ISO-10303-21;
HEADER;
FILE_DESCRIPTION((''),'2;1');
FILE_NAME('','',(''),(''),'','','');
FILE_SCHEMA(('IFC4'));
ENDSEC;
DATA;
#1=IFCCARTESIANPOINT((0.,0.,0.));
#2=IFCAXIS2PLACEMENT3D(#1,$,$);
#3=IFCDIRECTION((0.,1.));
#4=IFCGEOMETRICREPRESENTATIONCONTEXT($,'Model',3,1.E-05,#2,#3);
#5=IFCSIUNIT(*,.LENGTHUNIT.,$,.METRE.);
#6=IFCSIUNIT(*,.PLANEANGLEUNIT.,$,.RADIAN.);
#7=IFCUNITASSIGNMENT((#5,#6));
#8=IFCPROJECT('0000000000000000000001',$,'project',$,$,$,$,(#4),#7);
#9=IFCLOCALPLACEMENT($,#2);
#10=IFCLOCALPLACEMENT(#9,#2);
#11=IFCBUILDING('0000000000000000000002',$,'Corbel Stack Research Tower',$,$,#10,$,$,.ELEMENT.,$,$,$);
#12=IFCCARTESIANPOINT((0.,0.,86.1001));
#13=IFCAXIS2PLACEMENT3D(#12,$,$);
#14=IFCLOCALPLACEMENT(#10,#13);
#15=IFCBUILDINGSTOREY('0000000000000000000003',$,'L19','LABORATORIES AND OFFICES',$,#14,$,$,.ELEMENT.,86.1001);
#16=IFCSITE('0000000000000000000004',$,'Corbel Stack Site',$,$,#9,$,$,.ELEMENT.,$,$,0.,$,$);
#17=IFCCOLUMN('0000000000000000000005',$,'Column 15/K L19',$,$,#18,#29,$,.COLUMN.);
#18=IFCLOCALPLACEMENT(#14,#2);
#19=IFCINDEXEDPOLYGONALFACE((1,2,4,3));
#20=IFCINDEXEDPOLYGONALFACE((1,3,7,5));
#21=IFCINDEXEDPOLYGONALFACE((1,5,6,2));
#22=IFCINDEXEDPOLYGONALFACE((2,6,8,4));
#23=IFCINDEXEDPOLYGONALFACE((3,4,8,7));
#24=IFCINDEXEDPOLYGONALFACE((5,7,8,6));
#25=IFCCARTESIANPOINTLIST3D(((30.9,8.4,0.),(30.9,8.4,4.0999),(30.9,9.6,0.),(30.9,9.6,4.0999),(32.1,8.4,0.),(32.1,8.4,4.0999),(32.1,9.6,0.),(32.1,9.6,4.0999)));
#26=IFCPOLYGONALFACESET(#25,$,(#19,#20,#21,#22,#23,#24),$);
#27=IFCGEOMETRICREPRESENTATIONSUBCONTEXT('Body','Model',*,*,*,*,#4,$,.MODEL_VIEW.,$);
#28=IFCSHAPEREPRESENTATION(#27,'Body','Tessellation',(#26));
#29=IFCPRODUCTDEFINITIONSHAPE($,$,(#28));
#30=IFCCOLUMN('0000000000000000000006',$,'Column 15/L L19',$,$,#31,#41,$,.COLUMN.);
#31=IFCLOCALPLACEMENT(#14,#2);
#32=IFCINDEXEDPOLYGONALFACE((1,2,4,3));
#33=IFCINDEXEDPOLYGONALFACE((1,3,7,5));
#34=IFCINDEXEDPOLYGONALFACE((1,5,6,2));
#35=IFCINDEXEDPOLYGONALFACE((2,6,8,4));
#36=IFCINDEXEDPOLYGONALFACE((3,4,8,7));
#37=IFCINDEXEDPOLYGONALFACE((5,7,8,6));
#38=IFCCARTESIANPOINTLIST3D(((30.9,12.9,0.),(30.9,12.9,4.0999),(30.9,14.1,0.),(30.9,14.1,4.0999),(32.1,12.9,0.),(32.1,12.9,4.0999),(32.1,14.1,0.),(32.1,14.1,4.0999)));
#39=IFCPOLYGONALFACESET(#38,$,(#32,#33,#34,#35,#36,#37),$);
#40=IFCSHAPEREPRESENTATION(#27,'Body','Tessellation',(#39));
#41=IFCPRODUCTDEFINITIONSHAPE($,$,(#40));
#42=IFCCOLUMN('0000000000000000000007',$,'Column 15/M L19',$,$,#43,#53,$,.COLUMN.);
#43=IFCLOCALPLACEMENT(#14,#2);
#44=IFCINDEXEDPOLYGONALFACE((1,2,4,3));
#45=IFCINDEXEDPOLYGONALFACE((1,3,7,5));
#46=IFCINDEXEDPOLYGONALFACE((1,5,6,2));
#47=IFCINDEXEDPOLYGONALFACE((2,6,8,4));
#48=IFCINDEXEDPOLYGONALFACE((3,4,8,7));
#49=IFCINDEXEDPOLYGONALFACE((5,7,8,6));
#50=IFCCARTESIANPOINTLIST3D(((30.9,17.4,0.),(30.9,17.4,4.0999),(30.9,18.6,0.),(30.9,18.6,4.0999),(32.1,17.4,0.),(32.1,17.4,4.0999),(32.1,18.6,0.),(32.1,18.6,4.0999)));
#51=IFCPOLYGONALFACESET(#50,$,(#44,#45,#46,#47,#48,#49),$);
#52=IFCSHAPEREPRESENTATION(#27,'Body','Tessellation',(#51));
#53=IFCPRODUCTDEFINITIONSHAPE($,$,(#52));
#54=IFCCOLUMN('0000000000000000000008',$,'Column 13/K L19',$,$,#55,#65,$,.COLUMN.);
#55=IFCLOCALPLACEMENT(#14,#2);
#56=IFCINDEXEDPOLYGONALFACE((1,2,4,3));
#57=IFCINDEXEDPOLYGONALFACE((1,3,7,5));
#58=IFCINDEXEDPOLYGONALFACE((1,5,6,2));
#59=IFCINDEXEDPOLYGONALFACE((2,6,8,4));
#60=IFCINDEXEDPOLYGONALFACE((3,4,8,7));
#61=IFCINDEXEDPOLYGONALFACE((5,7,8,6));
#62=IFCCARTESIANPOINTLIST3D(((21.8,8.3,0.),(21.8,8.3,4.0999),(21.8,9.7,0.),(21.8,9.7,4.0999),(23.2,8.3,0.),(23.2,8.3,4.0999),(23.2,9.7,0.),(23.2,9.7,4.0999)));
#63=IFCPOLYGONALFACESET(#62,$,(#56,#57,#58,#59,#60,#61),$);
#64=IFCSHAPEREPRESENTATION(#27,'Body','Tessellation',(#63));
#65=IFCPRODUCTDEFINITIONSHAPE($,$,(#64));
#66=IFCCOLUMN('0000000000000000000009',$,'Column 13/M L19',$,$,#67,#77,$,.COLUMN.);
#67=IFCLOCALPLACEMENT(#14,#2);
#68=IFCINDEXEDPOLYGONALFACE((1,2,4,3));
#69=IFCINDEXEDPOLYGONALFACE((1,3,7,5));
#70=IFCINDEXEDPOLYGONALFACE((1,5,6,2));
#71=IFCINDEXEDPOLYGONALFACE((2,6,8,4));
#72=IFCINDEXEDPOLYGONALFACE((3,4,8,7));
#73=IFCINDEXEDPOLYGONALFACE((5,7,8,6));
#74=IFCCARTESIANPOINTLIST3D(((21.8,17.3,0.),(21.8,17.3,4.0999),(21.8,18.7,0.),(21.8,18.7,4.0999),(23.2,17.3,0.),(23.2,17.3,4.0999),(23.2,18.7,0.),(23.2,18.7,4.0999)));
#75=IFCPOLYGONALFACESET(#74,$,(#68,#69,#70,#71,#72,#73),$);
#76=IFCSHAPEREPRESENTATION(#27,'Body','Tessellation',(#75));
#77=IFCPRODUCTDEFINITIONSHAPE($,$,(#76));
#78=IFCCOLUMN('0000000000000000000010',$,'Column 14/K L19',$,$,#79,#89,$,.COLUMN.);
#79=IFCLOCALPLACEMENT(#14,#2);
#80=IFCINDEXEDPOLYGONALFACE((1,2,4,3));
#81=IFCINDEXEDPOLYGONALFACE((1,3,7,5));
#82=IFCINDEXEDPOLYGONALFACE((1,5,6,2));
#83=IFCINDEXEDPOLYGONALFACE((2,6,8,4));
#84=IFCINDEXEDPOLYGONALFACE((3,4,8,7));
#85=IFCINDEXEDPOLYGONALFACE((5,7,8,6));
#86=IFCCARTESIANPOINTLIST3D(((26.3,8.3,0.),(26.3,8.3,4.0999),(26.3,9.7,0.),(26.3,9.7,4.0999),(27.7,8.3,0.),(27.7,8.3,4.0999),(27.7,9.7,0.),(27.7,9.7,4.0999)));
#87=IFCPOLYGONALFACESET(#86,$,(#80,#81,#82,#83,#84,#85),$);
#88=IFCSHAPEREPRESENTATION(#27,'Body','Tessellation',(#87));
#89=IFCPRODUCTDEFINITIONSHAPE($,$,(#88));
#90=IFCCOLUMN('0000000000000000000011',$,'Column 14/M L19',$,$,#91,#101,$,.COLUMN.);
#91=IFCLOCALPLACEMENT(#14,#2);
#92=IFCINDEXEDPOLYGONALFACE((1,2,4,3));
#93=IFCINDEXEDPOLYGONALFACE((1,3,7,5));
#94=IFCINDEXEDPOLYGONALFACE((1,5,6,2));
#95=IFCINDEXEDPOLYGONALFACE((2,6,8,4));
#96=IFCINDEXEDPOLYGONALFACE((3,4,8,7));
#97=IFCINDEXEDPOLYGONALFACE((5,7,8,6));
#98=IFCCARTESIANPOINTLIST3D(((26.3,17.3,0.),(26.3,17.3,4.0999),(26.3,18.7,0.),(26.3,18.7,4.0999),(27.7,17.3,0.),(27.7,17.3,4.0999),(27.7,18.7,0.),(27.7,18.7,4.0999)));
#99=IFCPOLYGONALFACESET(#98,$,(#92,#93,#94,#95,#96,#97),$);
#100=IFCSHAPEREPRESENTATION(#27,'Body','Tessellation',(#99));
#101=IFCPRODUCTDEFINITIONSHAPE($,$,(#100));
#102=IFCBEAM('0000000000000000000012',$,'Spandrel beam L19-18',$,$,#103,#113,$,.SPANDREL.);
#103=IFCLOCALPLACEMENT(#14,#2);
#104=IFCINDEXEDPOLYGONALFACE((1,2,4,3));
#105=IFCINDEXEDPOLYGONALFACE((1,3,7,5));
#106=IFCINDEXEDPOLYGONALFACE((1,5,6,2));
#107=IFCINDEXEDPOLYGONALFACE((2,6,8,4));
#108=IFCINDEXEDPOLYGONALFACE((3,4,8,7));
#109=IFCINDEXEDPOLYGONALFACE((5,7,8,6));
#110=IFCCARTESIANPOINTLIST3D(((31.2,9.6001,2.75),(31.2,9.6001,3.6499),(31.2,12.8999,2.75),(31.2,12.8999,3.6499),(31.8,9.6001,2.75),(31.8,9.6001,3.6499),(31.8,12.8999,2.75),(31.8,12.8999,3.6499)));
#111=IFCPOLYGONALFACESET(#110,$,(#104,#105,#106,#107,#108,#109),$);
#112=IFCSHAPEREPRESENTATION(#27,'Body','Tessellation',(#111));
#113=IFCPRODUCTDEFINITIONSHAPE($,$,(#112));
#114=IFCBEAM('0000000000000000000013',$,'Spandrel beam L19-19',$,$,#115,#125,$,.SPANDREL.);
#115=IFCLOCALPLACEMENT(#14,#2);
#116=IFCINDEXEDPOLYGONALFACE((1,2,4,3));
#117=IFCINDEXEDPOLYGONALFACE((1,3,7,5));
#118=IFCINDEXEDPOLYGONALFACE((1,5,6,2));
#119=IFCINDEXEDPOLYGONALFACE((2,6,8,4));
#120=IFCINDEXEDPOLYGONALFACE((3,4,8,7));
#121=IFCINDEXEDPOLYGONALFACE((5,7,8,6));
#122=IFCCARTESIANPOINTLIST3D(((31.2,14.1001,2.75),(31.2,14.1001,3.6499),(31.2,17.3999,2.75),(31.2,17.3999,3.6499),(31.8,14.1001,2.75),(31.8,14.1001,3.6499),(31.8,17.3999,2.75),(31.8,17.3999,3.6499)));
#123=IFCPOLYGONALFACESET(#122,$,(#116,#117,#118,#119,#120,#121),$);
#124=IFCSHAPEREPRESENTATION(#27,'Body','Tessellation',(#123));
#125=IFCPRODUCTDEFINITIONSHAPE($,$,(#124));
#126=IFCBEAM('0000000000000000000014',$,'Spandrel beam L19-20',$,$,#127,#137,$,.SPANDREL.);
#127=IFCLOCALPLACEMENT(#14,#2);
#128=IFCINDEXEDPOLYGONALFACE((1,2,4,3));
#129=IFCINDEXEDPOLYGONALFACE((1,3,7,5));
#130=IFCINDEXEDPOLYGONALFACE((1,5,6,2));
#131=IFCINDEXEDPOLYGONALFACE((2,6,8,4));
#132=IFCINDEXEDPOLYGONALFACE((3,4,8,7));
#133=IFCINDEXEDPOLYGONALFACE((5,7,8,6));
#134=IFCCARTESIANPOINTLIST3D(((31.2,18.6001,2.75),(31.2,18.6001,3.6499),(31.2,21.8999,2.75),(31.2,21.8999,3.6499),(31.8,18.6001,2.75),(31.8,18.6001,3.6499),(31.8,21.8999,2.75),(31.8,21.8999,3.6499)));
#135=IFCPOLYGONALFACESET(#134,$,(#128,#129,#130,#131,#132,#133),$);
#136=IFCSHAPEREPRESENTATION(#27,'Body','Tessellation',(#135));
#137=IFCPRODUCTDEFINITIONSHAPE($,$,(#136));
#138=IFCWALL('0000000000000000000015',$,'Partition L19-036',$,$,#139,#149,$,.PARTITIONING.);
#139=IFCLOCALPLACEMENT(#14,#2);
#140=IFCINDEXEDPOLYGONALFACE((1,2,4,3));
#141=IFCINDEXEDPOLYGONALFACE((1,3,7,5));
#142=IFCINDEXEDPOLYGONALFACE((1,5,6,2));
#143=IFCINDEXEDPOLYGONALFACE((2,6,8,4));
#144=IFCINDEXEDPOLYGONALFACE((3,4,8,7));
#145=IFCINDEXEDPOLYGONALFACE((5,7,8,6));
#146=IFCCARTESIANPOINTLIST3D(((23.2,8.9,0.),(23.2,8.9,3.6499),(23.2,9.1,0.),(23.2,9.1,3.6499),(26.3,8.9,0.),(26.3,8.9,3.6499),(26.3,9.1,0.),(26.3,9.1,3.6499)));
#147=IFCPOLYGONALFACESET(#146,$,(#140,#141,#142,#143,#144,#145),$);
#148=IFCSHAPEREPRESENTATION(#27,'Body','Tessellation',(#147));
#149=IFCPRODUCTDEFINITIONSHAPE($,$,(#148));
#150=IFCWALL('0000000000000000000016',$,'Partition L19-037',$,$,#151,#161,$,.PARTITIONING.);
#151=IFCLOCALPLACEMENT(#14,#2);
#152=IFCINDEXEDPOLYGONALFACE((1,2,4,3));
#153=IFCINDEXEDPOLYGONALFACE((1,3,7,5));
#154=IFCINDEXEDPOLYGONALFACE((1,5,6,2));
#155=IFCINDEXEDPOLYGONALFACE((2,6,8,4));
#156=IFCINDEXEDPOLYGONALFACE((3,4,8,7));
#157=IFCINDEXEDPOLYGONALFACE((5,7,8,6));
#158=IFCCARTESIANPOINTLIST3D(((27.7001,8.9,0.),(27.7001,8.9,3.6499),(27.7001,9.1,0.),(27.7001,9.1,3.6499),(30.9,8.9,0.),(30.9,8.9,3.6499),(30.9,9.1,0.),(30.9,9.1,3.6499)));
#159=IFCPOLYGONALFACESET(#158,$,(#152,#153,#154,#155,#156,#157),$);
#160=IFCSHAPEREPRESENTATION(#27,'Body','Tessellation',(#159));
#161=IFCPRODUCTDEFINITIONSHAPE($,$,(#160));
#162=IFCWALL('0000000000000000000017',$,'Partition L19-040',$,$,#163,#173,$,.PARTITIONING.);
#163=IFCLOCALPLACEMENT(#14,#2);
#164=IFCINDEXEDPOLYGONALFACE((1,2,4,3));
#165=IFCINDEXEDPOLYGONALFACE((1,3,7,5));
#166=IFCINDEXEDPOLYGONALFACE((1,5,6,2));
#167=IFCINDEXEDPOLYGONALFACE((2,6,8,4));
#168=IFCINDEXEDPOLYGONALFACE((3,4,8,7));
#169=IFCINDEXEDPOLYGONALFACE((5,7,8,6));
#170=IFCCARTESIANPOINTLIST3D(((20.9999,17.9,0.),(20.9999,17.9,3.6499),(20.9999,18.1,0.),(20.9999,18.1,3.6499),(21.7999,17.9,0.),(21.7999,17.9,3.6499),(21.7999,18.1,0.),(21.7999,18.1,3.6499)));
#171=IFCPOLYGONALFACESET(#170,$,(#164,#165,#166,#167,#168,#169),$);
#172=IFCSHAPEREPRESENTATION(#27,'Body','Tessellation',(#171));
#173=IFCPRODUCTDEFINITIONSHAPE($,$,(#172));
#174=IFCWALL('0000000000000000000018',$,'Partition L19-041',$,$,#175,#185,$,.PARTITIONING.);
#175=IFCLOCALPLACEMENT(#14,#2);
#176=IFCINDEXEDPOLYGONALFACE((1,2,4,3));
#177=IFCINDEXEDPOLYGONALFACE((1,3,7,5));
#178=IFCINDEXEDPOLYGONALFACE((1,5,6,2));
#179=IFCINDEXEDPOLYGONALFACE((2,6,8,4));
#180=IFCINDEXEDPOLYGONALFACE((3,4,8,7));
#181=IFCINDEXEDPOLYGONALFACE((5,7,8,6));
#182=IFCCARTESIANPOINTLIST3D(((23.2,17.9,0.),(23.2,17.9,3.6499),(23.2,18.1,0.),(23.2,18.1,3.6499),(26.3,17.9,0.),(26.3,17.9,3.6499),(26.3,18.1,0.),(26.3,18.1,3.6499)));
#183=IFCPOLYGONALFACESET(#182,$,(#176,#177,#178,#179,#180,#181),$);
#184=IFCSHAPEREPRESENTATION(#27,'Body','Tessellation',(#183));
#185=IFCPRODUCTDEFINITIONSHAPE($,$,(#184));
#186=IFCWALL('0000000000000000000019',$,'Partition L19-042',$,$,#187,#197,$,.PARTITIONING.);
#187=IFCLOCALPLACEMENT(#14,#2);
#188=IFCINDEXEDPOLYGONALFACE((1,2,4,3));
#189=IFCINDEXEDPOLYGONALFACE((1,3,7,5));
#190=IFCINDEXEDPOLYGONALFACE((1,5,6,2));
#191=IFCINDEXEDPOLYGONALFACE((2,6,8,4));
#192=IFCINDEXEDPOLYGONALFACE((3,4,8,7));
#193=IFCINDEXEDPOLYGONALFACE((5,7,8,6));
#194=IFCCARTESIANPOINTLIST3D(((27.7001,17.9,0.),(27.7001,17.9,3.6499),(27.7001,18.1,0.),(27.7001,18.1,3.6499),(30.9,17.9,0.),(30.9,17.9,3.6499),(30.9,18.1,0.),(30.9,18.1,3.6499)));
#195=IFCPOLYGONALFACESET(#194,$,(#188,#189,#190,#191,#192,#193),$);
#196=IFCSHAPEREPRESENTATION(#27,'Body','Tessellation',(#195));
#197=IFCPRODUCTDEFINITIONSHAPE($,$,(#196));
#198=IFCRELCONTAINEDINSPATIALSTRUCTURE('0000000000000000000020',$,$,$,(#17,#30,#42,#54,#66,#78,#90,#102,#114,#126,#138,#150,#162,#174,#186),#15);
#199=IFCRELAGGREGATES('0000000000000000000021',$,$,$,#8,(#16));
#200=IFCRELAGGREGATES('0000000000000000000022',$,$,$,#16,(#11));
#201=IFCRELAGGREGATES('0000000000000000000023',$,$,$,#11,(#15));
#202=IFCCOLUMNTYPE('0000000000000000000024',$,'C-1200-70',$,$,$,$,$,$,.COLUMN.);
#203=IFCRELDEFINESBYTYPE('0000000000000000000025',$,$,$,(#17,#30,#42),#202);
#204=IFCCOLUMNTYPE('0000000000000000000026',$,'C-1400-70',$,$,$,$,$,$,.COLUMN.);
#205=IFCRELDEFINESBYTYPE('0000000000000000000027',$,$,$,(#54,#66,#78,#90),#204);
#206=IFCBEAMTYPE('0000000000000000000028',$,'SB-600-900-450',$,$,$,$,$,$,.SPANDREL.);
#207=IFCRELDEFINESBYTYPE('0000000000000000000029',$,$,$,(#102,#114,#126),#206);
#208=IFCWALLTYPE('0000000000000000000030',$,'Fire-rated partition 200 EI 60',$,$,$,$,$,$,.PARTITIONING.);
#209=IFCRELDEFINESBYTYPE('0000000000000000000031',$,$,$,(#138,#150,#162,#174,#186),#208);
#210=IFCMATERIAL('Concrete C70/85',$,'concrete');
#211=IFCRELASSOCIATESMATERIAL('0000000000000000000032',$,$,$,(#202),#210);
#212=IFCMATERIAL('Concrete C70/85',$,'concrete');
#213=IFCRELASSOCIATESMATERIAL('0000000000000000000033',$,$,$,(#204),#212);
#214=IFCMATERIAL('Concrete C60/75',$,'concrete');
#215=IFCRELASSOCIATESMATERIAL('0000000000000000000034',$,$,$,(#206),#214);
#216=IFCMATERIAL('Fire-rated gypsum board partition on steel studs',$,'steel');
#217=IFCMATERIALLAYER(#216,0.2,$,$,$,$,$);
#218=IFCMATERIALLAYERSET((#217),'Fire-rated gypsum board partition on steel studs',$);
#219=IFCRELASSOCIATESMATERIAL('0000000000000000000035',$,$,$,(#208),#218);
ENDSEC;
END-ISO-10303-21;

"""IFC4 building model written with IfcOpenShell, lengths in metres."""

from ifc_helpers import new_model, si_unit, direction, frame, frame_2d, origin, origin_2d, place, context, subcontext, project, spatial, rectangle, extrude, material, layer, layer_set, material_profile, profile_set, type_object, element, save


model = new_model("IFC4")

# Units and contexts
model_context = context("Model", 3, precision=1e-05, world=origin(), true_north=direction((0.0, 1.0)))
body_context = subcontext(model_context, "Body", "Model", "MODEL_VIEW")
ifc_project = project(units=[si_unit("LENGTHUNIT", "METRE"), si_unit("PLANEANGLEUNIT", "RADIAN")], contexts=[model_context])

# Site, building, storey
site_placement = place(None, origin())
site = spatial("IfcSite", under=ifc_project, at=site_placement, Name="Corbel Stack Site", CompositionType="ELEMENT", RefElevation=0.0)
building_placement = place(site_placement, origin())
building = spatial("IfcBuilding", under=site, at=building_placement, Name="Corbel Stack Research Tower", CompositionType="ELEMENT")
storey_placement = place(building_placement, frame((0.0, 0.0, 86.1001)))
storey = spatial("IfcBuildingStorey", under=building, at=storey_placement, Name="L19", Description="LABORATORIES AND OFFICES", CompositionType="ELEMENT", Elevation=86.1001)

# Columns
ifc_material_1 = material(Name="Concrete C70/85", Category="concrete")
ifc_material_profile_1 = material_profile(ifc_material_1, rectangle(XDim=1.2, YDim=1.2, at=origin_2d()), Name="RC 1200 x 1200")
ifc_profile_set_1 = profile_set([ifc_material_profile_1], Name="Concrete C70/85")
column_type_1 = type_object("IfcColumnType", Name="C-1200-70", PredefinedType="COLUMN", material=ifc_profile_set_1)
for number, where, z_axis, x_axis, name in (
    (1, (31.5, 9.0, 0.0), (0.0, 0.0, 1.0), (1.0, 0.0, 0.0), "Column 15/K L19"),
    (2, (31.5, 13.5, 0.0), (0.0, 0.0, 1.0), (1.0, 0.0, 0.0), "Column 15/L L19"),
    (3, (31.5, 18.0, 0.0), (0.0, 0.0, 1.0), (1.0, 0.0, 0.0), "Column 15/M L19"),
):
    element("IfcColumn", number, at=place(storey_placement, frame(where, z_axis=z_axis, x_axis=x_axis)), inside=storey, type_object=column_type_1, Name=name, PredefinedType="COLUMN", context=body_context, shape_type="SweptSolid", body=[
        extrude(rectangle(XDim=1.2, YDim=1.2, at=origin_2d()), origin(), (0.0, 0.0, 1.0), 4.0999),
    ])
ifc_material_2 = material(Name="Concrete C70/85", Category="concrete")
ifc_material_profile_2 = material_profile(ifc_material_2, rectangle(XDim=1.3999, YDim=1.3999, at=origin_2d()), Name="RC 1400 x 1400")
ifc_profile_set_2 = profile_set([ifc_material_profile_2], Name="Concrete C70/85")
column_type_2 = type_object("IfcColumnType", Name="C-1400-70", PredefinedType="COLUMN", material=ifc_profile_set_2)
for number, where, z_axis, x_axis, name in (
    (4, (22.5, 9.0, 0.0), (0.0, 0.0, 1.0), (1.0, 0.0, 0.0), "Column 13/K L19"),
    (5, (22.5, 18.0, 0.0), (0.0, 0.0, 1.0), (1.0, 0.0, 0.0), "Column 13/M L19"),
    (6, (27.0, 9.0, 0.0), (0.0, 0.0, 1.0), (1.0, 0.0, 0.0), "Column 14/K L19"),
    (7, (27.0, 18.0, 0.0), (0.0, 0.0, 1.0), (1.0, 0.0, 0.0), "Column 14/M L19"),
):
    element("IfcColumn", number, at=place(storey_placement, frame(where, z_axis=z_axis, x_axis=x_axis)), inside=storey, type_object=column_type_2, Name=name, PredefinedType="COLUMN", context=body_context, shape_type="SweptSolid", body=[
        extrude(rectangle(XDim=1.3999, YDim=1.3999, at=origin_2d()), origin(), (0.0, 0.0, 1.0), 4.0999),
    ])

# Beams
ifc_material_3 = material(Name="Concrete C60/75", Category="concrete")
ifc_material_profile_3 = material_profile(ifc_material_3, rectangle(XDim=0.6001, YDim=0.8999, at=origin_2d()), Name="RC 600 x 900")
ifc_profile_set_3 = profile_set([ifc_material_profile_3], Name="Concrete C60/75")
beam_type = type_object("IfcBeamType", Name="SB-600-900-450", PredefinedType="SPANDREL", material=ifc_profile_set_3)
for number, where, z_axis, x_axis, name in (
    (8, (31.5, 9.6001, 3.2), (0.0, 1.0, 0.0), (-1.0, 0.0, 0.0), "Spandrel beam L19-18"),
    (9, (31.5, 14.1001, 3.2), (0.0, 1.0, 0.0), (-1.0, 0.0, 0.0), "Spandrel beam L19-19"),
    (10, (31.5, 18.6001, 3.2), (0.0, 1.0, 0.0), (-1.0, 0.0, 0.0), "Spandrel beam L19-20"),
):
    element("IfcBeam", number, at=place(storey_placement, frame(where, z_axis=z_axis, x_axis=x_axis)), inside=storey, type_object=beam_type, Name=name, PredefinedType="SPANDREL", context=body_context, shape_type="SweptSolid", body=[
        extrude(rectangle(XDim=0.6001, YDim=0.8999, at=origin_2d()), origin(), (0.0, 0.0, 1.0), 3.2998),
    ])

# Walls
ifc_material_4 = material(Name="Fire-rated gypsum board partition on steel studs", Category="steel")
ifc_layer_1 = layer(ifc_material_4, 0.2)
ifc_layer_set_1 = layer_set([ifc_layer_1], Name="Fire-rated gypsum board partition on steel studs")
wall_type_1 = type_object("IfcWallType", Name="Fire-rated partition 200 EI 60", PredefinedType="PARTITIONING", material=ifc_layer_set_1)
wall_1_placement = place(storey_placement, frame((23.2, 9.0, 0.0), z_axis=(0.0, 0.0, 1.0), x_axis=(1.0, 0.0, 0.0)))
element("IfcWall", 11, at=wall_1_placement, inside=storey, type_object=wall_type_1, Name="Partition L19-036", PredefinedType="PARTITIONING", context=body_context, shape_type="SweptSolid", body=[
    extrude(rectangle(XDim=3.1001, YDim=0.2, at=frame_2d((1.55, 0.0))), origin(), (0.0, 0.0, 1.0), 3.6499),
])
wall_2_placement = place(storey_placement, frame((27.7, 9.0, 0.0), z_axis=(0.0, 0.0, 1.0), x_axis=(1.0, 0.0, 0.0)))
element("IfcWall", 12, at=wall_2_placement, inside=storey, type_object=wall_type_1, Name="Partition L19-037", PredefinedType="PARTITIONING", context=body_context, shape_type="SweptSolid", body=[
    extrude(rectangle(XDim=3.2, YDim=0.2, at=frame_2d((1.6001, 0.0))), origin(), (0.0, 0.0, 1.0), 3.6499),
])
wall_3_placement = place(storey_placement, frame((21.0, 18.0, 0.0), z_axis=(0.0, 0.0, 1.0), x_axis=(1.0, 0.0, 0.0)))
element("IfcWall", 13, at=wall_3_placement, inside=storey, type_object=wall_type_1, Name="Partition L19-040", PredefinedType="PARTITIONING", context=body_context, shape_type="SweptSolid", body=[
    extrude(rectangle(XDim=0.8, YDim=0.2, at=frame_2d((0.3999, 0.0))), origin(), (0.0, 0.0, 1.0), 3.6499),
])
wall_4_placement = place(storey_placement, frame((23.2, 18.0, 0.0), z_axis=(0.0, 0.0, 1.0), x_axis=(1.0, 0.0, 0.0)))
element("IfcWall", 14, at=wall_4_placement, inside=storey, type_object=wall_type_1, Name="Partition L19-041", PredefinedType="PARTITIONING", context=body_context, shape_type="SweptSolid", body=[
    extrude(rectangle(XDim=3.1001, YDim=0.2, at=frame_2d((1.55, 0.0))), origin(), (0.0, 0.0, 1.0), 3.6499),
])
wall_5_placement = place(storey_placement, frame((27.7, 18.0, 0.0), z_axis=(0.0, 0.0, 1.0), x_axis=(1.0, 0.0, 0.0)))
element("IfcWall", 15, at=wall_5_placement, inside=storey, type_object=wall_type_1, Name="Partition L19-042", PredefinedType="PARTITIONING", context=body_context, shape_type="SweptSolid", body=[
    extrude(rectangle(XDim=3.2, YDim=0.2, at=frame_2d((1.6001, 0.0))), origin(), (0.0, 0.0, 1.0), 3.6499),
])

save(model, "model.ifc")
